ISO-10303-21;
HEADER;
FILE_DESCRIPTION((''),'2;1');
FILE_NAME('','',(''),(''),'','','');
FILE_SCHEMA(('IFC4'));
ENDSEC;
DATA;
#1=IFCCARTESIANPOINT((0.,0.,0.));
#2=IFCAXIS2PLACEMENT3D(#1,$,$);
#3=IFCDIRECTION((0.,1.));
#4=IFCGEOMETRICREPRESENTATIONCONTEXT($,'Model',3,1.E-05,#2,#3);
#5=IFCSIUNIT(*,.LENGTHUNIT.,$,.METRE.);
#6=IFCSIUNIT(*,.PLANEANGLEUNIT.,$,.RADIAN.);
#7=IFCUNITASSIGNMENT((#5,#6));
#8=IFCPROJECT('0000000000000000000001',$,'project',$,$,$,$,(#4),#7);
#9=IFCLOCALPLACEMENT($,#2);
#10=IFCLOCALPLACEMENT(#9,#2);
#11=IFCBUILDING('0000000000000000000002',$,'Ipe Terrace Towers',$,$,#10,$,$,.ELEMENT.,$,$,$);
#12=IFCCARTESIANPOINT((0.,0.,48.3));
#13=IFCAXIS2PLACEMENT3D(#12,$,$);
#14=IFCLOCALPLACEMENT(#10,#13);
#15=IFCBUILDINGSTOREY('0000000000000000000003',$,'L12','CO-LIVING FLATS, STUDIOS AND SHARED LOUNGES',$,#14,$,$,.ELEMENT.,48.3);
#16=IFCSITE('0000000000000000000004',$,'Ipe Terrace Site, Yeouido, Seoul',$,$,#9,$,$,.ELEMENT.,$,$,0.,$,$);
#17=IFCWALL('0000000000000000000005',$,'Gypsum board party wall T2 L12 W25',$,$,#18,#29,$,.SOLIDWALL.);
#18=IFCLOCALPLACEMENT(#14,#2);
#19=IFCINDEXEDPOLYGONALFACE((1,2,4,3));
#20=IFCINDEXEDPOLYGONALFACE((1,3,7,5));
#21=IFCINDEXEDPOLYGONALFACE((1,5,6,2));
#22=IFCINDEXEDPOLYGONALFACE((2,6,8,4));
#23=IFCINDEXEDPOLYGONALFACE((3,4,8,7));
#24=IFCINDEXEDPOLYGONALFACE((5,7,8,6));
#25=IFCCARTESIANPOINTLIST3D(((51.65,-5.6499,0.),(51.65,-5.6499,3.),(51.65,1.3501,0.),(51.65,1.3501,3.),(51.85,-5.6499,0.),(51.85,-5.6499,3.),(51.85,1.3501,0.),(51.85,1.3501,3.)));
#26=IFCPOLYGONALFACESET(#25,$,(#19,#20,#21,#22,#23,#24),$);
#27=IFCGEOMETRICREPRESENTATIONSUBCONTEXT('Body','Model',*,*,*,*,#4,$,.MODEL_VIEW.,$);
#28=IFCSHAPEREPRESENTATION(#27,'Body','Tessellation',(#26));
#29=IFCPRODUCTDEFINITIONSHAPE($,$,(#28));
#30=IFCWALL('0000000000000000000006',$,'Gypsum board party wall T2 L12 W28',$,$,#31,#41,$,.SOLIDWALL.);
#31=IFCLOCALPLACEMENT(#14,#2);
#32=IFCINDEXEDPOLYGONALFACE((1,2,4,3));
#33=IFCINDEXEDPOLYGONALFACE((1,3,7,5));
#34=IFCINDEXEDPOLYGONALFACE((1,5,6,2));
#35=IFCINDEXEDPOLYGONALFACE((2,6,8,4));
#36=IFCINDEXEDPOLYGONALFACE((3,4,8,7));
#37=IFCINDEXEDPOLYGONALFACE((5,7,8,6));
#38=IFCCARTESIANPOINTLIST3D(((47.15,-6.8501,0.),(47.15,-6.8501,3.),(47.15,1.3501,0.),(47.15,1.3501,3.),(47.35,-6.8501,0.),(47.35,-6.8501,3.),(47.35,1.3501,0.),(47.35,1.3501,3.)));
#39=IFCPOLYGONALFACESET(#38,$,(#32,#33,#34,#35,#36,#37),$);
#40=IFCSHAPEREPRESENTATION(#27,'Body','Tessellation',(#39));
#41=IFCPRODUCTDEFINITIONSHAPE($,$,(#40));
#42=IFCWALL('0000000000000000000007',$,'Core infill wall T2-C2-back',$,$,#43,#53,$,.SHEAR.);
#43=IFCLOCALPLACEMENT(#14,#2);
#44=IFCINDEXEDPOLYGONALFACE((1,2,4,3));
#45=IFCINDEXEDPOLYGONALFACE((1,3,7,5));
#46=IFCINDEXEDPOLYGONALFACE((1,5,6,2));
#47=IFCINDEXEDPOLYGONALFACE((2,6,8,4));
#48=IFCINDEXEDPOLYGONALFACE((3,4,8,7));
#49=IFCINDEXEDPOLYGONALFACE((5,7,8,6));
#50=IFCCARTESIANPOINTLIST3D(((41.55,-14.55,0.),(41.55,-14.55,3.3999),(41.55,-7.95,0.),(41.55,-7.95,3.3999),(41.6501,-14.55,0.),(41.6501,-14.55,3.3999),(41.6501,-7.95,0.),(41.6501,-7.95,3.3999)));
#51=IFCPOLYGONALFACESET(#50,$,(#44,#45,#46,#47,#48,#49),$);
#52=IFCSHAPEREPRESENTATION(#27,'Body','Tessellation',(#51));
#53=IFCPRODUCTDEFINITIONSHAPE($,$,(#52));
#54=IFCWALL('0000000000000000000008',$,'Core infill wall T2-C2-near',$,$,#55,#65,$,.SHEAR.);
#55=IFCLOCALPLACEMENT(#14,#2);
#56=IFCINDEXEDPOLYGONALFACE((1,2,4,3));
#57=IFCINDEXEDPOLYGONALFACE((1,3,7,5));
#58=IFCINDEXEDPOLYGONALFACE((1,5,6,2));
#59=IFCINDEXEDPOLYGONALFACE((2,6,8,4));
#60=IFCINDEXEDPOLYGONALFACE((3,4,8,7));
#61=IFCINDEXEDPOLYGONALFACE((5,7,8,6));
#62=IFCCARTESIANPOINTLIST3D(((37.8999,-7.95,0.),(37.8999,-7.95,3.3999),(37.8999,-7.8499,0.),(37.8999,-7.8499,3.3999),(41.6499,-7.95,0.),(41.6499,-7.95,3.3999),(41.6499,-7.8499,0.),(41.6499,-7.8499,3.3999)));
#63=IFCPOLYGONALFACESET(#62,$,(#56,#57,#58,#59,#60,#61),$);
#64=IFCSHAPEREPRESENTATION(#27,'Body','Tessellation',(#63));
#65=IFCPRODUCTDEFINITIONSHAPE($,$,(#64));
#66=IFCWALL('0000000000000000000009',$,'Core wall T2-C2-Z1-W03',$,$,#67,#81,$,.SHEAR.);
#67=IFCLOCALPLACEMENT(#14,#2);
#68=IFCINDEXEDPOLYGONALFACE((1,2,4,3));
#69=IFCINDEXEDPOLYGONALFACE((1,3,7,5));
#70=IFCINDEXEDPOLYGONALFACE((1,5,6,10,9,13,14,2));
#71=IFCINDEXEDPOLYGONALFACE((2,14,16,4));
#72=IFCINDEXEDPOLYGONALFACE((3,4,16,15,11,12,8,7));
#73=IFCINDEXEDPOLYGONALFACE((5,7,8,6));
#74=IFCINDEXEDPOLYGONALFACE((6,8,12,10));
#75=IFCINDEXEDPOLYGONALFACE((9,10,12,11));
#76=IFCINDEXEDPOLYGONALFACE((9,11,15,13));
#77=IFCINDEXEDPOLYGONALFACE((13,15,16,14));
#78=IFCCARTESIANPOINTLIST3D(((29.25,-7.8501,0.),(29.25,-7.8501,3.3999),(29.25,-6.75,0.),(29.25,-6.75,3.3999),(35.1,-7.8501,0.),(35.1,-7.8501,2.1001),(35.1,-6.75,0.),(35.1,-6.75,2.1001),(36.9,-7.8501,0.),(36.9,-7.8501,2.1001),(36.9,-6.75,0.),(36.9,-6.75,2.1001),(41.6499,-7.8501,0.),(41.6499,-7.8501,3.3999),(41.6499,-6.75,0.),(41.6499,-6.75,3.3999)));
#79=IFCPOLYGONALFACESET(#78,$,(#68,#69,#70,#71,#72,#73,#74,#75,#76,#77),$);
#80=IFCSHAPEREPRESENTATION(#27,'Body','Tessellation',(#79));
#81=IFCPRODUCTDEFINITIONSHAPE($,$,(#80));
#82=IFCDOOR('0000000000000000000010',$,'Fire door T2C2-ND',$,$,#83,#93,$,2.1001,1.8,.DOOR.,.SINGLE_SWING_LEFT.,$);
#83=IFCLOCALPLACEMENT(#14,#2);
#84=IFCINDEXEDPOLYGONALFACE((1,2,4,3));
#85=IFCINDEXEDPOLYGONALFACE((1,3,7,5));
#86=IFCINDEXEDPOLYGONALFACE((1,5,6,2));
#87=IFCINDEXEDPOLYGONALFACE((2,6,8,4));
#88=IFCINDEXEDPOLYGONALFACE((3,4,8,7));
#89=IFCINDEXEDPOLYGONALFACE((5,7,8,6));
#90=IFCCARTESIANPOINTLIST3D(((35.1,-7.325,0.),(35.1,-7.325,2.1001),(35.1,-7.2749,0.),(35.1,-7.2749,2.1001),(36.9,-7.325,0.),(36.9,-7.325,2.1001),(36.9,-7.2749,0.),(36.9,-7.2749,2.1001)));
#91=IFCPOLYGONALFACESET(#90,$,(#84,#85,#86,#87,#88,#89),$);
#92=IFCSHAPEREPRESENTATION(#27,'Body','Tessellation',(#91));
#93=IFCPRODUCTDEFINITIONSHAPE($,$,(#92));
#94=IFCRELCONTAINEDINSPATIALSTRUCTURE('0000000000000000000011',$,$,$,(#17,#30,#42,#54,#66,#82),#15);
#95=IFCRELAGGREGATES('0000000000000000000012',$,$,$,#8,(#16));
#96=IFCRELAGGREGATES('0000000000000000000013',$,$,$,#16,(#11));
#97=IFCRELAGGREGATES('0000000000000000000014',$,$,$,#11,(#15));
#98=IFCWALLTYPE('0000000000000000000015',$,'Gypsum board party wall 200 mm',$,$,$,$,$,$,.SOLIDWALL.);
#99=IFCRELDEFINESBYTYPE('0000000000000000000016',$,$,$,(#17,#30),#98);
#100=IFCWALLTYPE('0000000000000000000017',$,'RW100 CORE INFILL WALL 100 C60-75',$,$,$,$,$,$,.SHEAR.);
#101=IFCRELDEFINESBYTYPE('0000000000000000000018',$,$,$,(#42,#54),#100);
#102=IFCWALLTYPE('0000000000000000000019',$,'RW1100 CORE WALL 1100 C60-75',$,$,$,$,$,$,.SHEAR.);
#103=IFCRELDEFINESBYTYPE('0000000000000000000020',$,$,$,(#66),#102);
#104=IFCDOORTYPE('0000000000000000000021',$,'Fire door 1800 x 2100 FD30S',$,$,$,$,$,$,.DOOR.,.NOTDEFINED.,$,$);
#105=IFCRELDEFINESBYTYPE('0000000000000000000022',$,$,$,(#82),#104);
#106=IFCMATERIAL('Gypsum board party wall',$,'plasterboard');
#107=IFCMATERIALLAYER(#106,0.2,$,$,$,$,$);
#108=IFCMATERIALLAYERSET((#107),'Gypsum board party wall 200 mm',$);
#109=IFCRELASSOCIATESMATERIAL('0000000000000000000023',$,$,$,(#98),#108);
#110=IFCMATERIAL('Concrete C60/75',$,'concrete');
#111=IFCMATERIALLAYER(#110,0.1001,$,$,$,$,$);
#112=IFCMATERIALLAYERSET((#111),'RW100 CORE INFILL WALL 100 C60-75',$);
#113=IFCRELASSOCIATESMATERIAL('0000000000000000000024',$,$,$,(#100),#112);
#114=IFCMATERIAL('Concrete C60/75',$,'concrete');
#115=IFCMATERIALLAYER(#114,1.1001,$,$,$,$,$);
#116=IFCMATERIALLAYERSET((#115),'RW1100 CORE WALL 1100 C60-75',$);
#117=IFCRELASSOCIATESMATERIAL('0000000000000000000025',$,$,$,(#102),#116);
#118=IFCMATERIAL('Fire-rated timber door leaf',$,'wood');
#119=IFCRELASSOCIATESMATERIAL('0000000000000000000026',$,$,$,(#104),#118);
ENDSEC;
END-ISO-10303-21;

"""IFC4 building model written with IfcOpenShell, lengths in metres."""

from ifc_helpers import new_model, si_unit, direction, frame, frame_2d, origin, place, context, subcontext, project, spatial, rectangle, extrude, material, layer, layer_set, type_object, element, fill, save


model = new_model("IFC4")

# Units and contexts
model_context = context("Model", 3, precision=1e-05, world=origin(), true_north=direction((0.0, 1.0)))
body_context = subcontext(model_context, "Body", "Model", "MODEL_VIEW")
ifc_project = project(units=[si_unit("LENGTHUNIT", "METRE"), si_unit("PLANEANGLEUNIT", "RADIAN")], contexts=[model_context])

# Site, building, storey
site_placement = place(None, origin())
site = spatial("IfcSite", under=ifc_project, at=site_placement, Name="Ipe Terrace Site, Yeouido, Seoul", CompositionType="ELEMENT", RefElevation=0.0)
building_placement = place(site_placement, origin())
building = spatial("IfcBuilding", under=site, at=building_placement, Name="Ipe Terrace Towers", CompositionType="ELEMENT")
storey_placement = place(building_placement, frame((0.0, 0.0, 48.3)))
storey = spatial("IfcBuildingStorey", under=building, at=storey_placement, Name="L12", Description="CO-LIVING FLATS, STUDIOS AND SHARED LOUNGES", CompositionType="ELEMENT", Elevation=48.3)

# Walls
ifc_material_1 = material(Name="Gypsum board party wall", Category="plasterboard")
ifc_layer_1 = layer(ifc_material_1, 0.2)
ifc_layer_set_1 = layer_set([ifc_layer_1], Name="Gypsum board party wall 200 mm")
wall_type_1 = type_object("IfcWallType", Name="Gypsum board party wall 200 mm", PredefinedType="SOLIDWALL", material=ifc_layer_set_1)
wall_1_placement = place(storey_placement, frame((51.75, -5.6499, 0.0), z_axis=(0.0, 0.0, 1.0), x_axis=(0.0, 1.0, 0.0)))
element("IfcWall", 1, at=wall_1_placement, inside=storey, type_object=wall_type_1, Name="Gypsum board party wall T2 L12 W25", PredefinedType="SOLIDWALL", context=body_context, shape_type="SweptSolid", body=[
    extrude(rectangle(XDim=7.0, YDim=0.2, at=frame_2d((3.5, 0.0))), origin(), (0.0, 0.0, 1.0), 3.0),
])
wall_2_placement = place(storey_placement, frame((47.25, -6.8501, 0.0), z_axis=(0.0, 0.0, 1.0), x_axis=(0.0, 1.0, 0.0)))
element("IfcWall", 2, at=wall_2_placement, inside=storey, type_object=wall_type_1, Name="Gypsum board party wall T2 L12 W28", PredefinedType="SOLIDWALL", context=body_context, shape_type="SweptSolid", body=[
    extrude(rectangle(XDim=8.2002, YDim=0.2, at=frame_2d((4.1001, 0.0))), origin(), (0.0, 0.0, 1.0), 3.0),
])
ifc_material_2 = material(Name="Concrete C60/75", Category="concrete")
ifc_layer_2 = layer(ifc_material_2, 0.1001)
ifc_layer_set_2 = layer_set([ifc_layer_2], Name="RW100 CORE INFILL WALL 100 C60-75")
wall_type_2 = type_object("IfcWallType", Name="RW100 CORE INFILL WALL 100 C60-75", PredefinedType="SHEAR", material=ifc_layer_set_2)
wall_3_placement = place(storey_placement, frame((41.6001, -7.95, 0.0), z_axis=(0.0, 0.0, 1.0), x_axis=(0.0, -1.0, 0.0)))
element("IfcWall", 3, at=wall_3_placement, inside=storey, type_object=wall_type_2, Name="Core infill wall T2-C2-back", PredefinedType="SHEAR", context=body_context, shape_type="SweptSolid", body=[
    extrude(rectangle(XDim=6.6001, YDim=0.1001, at=frame_2d((3.3, 0.0))), origin(), (0.0, 0.0, 1.0), 3.3999),
])
wall_4_placement = place(storey_placement, frame((37.8999, -7.8999, 0.0), z_axis=(0.0, 0.0, 1.0), x_axis=(1.0, 0.0, 0.0)))
element("IfcWall", 4, at=wall_4_placement, inside=storey, type_object=wall_type_2, Name="Core infill wall T2-C2-near", PredefinedType="SHEAR", context=body_context, shape_type="SweptSolid", body=[
    extrude(rectangle(XDim=3.75, YDim=0.1001, at=frame_2d((1.875, 0.0))), origin(), (0.0, 0.0, 1.0), 3.3999),
])

# Wall, opening, door
ifc_material_3 = material(Name="Concrete C60/75", Category="concrete")
ifc_layer_3 = layer(ifc_material_3, 1.1001)
ifc_layer_set_3 = layer_set([ifc_layer_3], Name="RW1100 CORE WALL 1100 C60-75")
wall_type_3 = type_object("IfcWallType", Name="RW1100 CORE WALL 1100 C60-75", PredefinedType="SHEAR", material=ifc_layer_set_3)
wall_5_placement = place(storey_placement, frame((41.6499, -7.3, 0.0), z_axis=(0.0, 0.0, 1.0), x_axis=(-1.0, 0.0, 0.0)))
wall_5 = element("IfcWall", 5, at=wall_5_placement, inside=storey, type_object=wall_type_3, Name="Core wall T2-C2-Z1-W03", PredefinedType="SHEAR", context=body_context, shape_type="SweptSolid", body=[
    extrude(rectangle(XDim=12.3999, YDim=1.1001, at=frame_2d((6.2, 0.0))), origin(), (0.0, 0.0, 1.0), 3.3999),
])
opening_1_placement = place(wall_5_placement, frame((4.75, 0.0, 0.0)))
opening_1 = element("IfcOpeningElement", 6, at=opening_1_placement, cuts=wall_5, PredefinedType="OPENING", context=body_context, shape_type="SweptSolid", body=[
    extrude(rectangle(XDim=1.8, YDim=2.1001, at=frame_2d((0.8999, 1.05))), frame((0.0, 0.5601, 0.0), z_axis=(0.0, -1.0, 0.0), x_axis=(1.0, 0.0, 0.0)), (0.0, 0.0, 1.0), 1.1201),
])
ifc_material_4 = material(Name="Fire-rated timber door leaf", Category="wood")
door_type_1 = type_object("IfcDoorType", Name="Fire door 1800 x 2100 FD30S", OperationType="NOTDEFINED", PredefinedType="DOOR", material=ifc_material_4)
door_1_placement = place(opening_1_placement, origin())
door_1 = element("IfcDoor", 7, at=door_1_placement, inside=storey, type_object=door_type_1, Name="Fire door T2C2-ND", OperationType="SINGLE_SWING_LEFT", OverallHeight=2.1001, OverallWidth=1.8, PredefinedType="DOOR", context=body_context, shape_type="SweptSolid", body=[
    extrude(rectangle(XDim=1.8, YDim=2.1001, at=frame_2d((0.8999, 1.05))), frame((0.0, 0.0249, 0.0), z_axis=(0.0, -1.0, 0.0), x_axis=(1.0, 0.0, 0.0)), (0.0, 0.0, 1.0), 0.05),
])
fill(opening_1, door_1)

save(model, "model.ifc")
